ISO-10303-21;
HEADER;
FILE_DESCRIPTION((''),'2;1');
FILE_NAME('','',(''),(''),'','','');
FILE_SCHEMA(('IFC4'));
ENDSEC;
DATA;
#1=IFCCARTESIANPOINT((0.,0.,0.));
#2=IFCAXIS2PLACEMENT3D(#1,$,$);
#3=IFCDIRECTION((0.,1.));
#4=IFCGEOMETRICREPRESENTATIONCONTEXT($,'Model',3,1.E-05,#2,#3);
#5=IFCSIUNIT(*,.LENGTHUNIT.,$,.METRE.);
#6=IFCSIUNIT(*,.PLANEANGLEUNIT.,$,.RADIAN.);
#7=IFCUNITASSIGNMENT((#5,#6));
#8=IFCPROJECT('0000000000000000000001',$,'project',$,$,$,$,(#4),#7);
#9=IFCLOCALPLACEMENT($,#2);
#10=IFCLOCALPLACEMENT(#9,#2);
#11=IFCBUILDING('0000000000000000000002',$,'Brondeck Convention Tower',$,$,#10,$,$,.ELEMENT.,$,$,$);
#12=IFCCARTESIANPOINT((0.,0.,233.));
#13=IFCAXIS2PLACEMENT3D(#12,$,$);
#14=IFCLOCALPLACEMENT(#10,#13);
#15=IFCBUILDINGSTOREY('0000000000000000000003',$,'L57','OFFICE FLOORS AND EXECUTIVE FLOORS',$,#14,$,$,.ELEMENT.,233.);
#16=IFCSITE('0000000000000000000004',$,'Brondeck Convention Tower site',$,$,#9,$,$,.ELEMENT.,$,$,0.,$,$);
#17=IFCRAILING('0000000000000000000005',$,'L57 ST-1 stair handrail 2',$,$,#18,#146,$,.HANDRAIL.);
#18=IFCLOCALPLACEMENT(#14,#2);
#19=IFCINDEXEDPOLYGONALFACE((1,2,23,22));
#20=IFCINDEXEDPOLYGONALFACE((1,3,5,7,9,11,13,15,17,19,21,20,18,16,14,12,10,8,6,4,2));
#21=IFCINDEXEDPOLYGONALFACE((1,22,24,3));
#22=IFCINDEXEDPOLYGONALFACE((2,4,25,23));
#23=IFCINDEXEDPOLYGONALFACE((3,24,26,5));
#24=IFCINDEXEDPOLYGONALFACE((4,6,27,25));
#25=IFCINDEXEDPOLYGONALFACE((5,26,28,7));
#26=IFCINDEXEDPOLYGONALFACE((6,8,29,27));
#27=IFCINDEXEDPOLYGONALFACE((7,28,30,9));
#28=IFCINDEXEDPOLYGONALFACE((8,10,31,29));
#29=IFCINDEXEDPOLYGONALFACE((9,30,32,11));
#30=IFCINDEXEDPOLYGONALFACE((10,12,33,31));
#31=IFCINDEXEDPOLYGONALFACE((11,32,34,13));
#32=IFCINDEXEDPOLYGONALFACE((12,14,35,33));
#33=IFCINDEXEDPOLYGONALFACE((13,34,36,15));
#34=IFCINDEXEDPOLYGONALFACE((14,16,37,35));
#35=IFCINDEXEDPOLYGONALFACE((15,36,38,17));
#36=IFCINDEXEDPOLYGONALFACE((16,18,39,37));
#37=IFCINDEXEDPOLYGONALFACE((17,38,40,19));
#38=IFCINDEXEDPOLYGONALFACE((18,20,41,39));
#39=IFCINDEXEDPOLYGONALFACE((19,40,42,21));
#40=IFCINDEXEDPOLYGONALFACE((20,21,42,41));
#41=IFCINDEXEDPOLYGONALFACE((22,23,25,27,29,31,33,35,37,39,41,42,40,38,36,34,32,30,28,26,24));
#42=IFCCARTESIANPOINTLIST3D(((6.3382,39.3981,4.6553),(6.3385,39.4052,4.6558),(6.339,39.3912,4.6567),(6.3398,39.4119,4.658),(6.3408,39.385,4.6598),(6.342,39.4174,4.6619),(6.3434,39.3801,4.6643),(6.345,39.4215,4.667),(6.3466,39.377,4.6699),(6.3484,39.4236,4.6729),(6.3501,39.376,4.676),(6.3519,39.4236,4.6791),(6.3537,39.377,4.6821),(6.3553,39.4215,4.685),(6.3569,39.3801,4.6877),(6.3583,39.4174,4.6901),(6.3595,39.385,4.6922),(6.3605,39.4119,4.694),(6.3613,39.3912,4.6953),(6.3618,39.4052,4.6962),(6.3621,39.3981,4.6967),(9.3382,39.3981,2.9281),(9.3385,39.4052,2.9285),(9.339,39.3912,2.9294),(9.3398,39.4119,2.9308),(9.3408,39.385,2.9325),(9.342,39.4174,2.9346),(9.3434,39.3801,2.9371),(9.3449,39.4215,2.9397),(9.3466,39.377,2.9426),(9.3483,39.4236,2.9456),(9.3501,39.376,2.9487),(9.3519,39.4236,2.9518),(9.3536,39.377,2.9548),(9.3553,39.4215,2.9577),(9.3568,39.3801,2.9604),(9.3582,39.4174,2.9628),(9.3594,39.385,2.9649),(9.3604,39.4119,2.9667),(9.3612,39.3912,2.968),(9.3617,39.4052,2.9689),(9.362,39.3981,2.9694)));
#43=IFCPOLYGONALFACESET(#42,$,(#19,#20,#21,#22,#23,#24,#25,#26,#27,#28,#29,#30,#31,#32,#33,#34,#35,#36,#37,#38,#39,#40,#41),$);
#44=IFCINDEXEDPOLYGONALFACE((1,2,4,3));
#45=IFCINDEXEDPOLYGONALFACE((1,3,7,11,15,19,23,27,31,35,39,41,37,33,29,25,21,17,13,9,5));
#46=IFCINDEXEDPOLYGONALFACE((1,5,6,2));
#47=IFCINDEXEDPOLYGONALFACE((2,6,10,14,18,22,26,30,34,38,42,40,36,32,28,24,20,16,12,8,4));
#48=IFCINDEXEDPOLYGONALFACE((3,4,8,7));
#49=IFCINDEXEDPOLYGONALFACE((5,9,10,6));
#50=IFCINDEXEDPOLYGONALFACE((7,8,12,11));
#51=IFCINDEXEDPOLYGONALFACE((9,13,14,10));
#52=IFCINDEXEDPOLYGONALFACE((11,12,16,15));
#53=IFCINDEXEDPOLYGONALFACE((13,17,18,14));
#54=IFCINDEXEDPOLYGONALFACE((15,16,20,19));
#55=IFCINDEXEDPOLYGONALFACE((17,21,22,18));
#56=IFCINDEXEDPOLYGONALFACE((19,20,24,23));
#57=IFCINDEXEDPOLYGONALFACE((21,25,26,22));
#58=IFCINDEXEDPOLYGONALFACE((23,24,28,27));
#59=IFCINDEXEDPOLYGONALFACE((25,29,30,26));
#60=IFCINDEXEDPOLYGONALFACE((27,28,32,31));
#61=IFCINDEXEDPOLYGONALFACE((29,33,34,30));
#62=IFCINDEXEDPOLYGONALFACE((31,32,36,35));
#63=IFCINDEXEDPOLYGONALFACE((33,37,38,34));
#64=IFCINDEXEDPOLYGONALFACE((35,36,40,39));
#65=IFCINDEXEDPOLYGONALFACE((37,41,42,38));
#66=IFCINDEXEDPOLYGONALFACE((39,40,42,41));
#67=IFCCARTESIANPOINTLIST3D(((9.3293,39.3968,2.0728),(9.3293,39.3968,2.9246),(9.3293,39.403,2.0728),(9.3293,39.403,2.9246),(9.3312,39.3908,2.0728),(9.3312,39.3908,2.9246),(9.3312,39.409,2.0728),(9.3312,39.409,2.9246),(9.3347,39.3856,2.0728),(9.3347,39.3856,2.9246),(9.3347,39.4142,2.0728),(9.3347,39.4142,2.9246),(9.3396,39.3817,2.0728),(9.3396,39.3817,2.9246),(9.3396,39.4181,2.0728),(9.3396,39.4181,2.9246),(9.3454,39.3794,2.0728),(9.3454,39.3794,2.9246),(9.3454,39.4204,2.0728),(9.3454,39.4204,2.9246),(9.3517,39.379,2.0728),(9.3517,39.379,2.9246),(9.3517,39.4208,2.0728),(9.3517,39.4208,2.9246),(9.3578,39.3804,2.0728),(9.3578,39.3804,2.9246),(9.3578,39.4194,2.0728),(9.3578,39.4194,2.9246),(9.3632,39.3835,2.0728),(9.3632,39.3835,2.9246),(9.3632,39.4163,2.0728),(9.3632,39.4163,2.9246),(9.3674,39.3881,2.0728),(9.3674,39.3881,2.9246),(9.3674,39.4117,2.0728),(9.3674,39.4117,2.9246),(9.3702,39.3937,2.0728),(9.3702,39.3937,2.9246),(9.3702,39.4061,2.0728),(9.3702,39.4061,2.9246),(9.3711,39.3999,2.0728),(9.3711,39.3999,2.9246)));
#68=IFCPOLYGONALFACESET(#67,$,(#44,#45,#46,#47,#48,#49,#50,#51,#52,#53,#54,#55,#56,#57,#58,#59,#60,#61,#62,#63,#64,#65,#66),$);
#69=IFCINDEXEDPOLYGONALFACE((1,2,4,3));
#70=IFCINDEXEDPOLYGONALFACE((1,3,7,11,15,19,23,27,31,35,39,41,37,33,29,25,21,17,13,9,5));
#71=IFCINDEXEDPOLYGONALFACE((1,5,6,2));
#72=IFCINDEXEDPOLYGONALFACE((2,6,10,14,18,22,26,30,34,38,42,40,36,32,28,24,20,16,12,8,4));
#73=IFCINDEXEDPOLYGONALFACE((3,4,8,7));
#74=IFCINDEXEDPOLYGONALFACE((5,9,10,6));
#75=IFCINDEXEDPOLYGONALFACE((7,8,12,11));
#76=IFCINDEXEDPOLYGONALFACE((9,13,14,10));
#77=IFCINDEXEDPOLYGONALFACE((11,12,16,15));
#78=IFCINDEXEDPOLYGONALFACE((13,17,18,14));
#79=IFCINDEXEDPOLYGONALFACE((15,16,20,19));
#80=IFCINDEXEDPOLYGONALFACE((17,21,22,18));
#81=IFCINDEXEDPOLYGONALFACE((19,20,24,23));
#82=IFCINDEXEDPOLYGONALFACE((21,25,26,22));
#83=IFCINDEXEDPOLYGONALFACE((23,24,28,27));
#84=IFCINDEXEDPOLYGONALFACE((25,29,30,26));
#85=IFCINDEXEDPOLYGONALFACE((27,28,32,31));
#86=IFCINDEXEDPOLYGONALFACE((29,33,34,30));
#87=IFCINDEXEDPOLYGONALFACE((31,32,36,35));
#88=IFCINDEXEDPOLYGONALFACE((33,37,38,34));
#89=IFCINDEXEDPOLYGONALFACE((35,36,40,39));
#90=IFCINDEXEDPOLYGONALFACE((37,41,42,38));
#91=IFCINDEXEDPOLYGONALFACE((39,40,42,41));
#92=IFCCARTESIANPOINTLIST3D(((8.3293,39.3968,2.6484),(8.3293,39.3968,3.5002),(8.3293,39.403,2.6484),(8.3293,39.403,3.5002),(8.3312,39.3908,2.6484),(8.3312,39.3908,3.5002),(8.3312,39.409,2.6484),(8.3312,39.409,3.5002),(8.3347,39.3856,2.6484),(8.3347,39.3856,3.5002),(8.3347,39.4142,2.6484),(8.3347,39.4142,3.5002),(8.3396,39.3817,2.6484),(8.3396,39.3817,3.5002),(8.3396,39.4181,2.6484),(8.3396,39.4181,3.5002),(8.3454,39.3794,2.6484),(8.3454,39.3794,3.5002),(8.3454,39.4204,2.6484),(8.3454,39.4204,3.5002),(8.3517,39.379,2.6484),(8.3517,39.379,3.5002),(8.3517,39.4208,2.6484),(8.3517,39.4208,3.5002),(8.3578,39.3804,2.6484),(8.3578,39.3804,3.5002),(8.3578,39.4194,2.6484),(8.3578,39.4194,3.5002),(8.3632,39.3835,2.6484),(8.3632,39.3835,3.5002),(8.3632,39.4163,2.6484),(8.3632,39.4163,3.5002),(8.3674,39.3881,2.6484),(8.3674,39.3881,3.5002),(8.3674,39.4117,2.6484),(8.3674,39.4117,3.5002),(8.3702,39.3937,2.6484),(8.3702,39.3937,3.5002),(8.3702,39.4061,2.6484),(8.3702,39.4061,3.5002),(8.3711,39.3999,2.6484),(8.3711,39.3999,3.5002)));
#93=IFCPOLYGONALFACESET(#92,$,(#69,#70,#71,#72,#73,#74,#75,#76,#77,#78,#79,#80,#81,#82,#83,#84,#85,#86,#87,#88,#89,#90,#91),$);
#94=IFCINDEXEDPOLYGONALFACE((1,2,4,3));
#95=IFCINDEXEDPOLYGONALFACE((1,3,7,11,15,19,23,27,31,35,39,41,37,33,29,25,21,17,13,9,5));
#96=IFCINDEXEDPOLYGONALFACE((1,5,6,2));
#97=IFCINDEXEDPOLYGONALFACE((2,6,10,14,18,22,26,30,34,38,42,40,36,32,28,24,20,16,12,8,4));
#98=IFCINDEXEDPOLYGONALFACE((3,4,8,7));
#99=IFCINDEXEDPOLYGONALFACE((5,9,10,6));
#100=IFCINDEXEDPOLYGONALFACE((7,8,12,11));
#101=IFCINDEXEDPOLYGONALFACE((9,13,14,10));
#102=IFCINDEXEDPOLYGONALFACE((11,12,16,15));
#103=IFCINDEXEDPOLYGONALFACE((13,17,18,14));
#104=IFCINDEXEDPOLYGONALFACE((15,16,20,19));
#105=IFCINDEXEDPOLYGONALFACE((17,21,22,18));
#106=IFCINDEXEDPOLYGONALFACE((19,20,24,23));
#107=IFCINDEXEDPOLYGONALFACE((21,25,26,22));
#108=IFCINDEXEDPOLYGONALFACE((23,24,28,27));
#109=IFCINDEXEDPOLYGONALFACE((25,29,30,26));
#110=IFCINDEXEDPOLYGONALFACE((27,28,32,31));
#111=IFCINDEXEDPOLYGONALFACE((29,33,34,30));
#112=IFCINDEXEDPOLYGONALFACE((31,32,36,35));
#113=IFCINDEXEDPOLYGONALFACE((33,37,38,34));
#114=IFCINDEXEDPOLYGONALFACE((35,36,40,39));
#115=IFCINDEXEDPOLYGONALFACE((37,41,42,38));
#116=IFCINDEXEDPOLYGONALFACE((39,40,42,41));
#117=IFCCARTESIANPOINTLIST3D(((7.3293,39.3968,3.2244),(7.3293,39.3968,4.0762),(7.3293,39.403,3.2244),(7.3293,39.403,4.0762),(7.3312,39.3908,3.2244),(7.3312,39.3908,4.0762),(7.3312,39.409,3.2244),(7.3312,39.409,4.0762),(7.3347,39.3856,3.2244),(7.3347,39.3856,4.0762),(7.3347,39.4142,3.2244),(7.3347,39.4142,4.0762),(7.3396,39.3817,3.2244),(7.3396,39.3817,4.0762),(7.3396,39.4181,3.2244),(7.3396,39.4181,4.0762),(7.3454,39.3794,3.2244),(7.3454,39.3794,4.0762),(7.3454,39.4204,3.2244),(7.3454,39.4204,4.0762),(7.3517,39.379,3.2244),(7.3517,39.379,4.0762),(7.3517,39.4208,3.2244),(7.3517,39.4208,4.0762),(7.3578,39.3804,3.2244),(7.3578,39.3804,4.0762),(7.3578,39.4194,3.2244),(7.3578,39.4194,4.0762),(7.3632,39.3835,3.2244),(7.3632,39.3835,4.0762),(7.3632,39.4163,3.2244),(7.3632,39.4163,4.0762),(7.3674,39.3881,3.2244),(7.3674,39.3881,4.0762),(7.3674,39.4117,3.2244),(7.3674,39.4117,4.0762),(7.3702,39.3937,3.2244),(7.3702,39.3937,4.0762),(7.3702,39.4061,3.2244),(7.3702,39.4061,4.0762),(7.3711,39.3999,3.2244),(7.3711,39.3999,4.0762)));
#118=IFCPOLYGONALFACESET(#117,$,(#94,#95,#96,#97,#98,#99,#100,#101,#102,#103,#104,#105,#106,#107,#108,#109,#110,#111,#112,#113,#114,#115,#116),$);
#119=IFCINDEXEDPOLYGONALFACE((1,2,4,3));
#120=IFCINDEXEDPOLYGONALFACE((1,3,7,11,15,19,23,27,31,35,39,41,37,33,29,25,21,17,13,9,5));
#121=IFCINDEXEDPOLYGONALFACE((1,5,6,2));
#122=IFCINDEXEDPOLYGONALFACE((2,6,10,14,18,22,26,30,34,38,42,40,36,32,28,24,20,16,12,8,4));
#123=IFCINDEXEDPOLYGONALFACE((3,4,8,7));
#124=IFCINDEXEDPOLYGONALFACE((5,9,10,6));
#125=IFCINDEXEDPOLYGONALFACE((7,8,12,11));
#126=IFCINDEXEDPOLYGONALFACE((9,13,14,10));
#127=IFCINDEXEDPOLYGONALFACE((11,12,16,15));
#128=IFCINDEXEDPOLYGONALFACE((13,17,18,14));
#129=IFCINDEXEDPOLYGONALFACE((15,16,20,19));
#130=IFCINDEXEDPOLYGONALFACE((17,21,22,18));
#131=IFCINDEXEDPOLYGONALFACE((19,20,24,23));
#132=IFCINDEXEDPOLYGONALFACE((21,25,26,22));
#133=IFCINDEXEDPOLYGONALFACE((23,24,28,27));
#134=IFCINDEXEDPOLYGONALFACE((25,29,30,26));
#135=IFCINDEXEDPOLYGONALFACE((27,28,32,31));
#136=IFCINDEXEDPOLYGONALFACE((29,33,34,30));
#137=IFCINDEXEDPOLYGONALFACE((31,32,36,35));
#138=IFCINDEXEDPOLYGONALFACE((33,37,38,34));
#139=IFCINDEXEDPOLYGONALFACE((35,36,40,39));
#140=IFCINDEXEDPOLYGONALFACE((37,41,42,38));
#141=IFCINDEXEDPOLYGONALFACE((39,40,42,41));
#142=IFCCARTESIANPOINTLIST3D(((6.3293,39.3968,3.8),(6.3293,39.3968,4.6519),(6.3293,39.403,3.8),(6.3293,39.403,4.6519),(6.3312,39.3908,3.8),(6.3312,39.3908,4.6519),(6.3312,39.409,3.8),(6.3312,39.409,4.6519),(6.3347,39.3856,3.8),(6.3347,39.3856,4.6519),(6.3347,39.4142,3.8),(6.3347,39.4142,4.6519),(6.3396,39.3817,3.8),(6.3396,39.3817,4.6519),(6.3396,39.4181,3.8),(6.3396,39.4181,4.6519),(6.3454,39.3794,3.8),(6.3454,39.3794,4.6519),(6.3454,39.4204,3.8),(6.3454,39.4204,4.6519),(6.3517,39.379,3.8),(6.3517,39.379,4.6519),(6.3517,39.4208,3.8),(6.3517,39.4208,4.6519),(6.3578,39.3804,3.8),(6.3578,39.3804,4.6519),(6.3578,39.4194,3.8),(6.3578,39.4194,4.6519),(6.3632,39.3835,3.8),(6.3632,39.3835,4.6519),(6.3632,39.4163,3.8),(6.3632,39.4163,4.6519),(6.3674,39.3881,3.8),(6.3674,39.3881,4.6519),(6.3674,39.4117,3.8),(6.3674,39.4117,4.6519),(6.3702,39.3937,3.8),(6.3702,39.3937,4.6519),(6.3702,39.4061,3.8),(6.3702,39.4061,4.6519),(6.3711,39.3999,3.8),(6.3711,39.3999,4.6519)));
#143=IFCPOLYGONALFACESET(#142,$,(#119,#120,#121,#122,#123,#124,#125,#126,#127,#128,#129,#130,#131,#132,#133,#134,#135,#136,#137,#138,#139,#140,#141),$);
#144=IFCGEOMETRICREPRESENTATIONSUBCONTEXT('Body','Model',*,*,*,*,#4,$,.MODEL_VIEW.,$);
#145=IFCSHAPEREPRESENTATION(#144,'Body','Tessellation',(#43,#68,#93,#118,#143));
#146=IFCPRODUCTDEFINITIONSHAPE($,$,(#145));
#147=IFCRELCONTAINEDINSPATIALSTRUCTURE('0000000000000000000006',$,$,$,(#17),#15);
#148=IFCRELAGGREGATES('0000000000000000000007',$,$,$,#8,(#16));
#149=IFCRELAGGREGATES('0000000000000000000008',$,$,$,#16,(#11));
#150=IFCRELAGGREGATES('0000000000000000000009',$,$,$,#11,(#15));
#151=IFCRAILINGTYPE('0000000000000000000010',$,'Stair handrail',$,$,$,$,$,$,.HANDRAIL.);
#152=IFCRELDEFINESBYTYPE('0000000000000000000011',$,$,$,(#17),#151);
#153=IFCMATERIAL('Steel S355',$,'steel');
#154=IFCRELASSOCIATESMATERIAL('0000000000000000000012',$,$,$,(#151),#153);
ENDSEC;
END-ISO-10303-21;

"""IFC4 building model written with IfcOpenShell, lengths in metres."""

from ifc_helpers import new_model, si_unit, direction, frame, origin, origin_2d, place, context, subcontext, project, spatial, circle, extrude, material, type_object, element, save


model = new_model("IFC4")

# Units and contexts
model_context = context("Model", 3, precision=1e-05, world=origin(), true_north=direction((0.0, 1.0)))
body_context = subcontext(model_context, "Body", "Model", "MODEL_VIEW")
ifc_project = project(units=[si_unit("LENGTHUNIT", "METRE"), si_unit("PLANEANGLEUNIT", "RADIAN")], contexts=[model_context])

# Site, building, storey
site_placement = place(None, origin())
site = spatial("IfcSite", under=ifc_project, at=site_placement, Name="Brondeck Convention Tower site", CompositionType="ELEMENT", RefElevation=0.0)
building_placement = place(site_placement, origin())
building = spatial("IfcBuilding", under=site, at=building_placement, Name="Brondeck Convention Tower", CompositionType="ELEMENT")
storey_placement = place(building_placement, frame((0.0, 0.0, 233.0)))
storey = spatial("IfcBuildingStorey", under=building, at=storey_placement, Name="L57", Description="OFFICE FLOORS AND EXECUTIVE FLOORS", CompositionType="ELEMENT", Elevation=233.0)

# Shared definitions
ifc_material_1 = material(Name="Steel S355", Category="steel")

# Railing
railing_type_1 = type_object("IfcRailingType", Name="Stair handrail", PredefinedType="HANDRAIL", material=ifc_material_1)
railing_1_placement = place(storey_placement, frame((9.3501, 39.3999, 2.0728)))
element("IfcRailing", 1, at=railing_1_placement, inside=storey, type_object=railing_type_1, Name="L57 ST-1 stair handrail 2", PredefinedType="HANDRAIL", context=body_context, shape_type="SweptSolid", body=[
    extrude(circle(Radius=0.0239, at=origin_2d()), frame((0.0, 0.0, 0.876), z_axis=(-0.86662, 0.0, 0.498969), x_axis=(0.0, -1.0, 0.0)), (0.0, 0.0, 1.0), 3.4617),
    extrude(circle(Radius=0.021, at=origin_2d()), origin(), (0.0, 0.0, 1.0), 0.8518),
    extrude(circle(Radius=0.021, at=origin_2d()), frame((-1.0, 0.0, 0.5757)), (0.0, 0.0, 1.0), 0.8518),
    extrude(circle(Radius=0.021, at=origin_2d()), frame((-2.0, 0.0, 1.1516)), (0.0, 0.0, 1.0), 0.8518),
    extrude(circle(Radius=0.021, at=origin_2d()), frame((-3.0, 0.0, 1.7273)), (0.0, 0.0, 1.0), 0.8518),
])

save(model, "model.ifc")
